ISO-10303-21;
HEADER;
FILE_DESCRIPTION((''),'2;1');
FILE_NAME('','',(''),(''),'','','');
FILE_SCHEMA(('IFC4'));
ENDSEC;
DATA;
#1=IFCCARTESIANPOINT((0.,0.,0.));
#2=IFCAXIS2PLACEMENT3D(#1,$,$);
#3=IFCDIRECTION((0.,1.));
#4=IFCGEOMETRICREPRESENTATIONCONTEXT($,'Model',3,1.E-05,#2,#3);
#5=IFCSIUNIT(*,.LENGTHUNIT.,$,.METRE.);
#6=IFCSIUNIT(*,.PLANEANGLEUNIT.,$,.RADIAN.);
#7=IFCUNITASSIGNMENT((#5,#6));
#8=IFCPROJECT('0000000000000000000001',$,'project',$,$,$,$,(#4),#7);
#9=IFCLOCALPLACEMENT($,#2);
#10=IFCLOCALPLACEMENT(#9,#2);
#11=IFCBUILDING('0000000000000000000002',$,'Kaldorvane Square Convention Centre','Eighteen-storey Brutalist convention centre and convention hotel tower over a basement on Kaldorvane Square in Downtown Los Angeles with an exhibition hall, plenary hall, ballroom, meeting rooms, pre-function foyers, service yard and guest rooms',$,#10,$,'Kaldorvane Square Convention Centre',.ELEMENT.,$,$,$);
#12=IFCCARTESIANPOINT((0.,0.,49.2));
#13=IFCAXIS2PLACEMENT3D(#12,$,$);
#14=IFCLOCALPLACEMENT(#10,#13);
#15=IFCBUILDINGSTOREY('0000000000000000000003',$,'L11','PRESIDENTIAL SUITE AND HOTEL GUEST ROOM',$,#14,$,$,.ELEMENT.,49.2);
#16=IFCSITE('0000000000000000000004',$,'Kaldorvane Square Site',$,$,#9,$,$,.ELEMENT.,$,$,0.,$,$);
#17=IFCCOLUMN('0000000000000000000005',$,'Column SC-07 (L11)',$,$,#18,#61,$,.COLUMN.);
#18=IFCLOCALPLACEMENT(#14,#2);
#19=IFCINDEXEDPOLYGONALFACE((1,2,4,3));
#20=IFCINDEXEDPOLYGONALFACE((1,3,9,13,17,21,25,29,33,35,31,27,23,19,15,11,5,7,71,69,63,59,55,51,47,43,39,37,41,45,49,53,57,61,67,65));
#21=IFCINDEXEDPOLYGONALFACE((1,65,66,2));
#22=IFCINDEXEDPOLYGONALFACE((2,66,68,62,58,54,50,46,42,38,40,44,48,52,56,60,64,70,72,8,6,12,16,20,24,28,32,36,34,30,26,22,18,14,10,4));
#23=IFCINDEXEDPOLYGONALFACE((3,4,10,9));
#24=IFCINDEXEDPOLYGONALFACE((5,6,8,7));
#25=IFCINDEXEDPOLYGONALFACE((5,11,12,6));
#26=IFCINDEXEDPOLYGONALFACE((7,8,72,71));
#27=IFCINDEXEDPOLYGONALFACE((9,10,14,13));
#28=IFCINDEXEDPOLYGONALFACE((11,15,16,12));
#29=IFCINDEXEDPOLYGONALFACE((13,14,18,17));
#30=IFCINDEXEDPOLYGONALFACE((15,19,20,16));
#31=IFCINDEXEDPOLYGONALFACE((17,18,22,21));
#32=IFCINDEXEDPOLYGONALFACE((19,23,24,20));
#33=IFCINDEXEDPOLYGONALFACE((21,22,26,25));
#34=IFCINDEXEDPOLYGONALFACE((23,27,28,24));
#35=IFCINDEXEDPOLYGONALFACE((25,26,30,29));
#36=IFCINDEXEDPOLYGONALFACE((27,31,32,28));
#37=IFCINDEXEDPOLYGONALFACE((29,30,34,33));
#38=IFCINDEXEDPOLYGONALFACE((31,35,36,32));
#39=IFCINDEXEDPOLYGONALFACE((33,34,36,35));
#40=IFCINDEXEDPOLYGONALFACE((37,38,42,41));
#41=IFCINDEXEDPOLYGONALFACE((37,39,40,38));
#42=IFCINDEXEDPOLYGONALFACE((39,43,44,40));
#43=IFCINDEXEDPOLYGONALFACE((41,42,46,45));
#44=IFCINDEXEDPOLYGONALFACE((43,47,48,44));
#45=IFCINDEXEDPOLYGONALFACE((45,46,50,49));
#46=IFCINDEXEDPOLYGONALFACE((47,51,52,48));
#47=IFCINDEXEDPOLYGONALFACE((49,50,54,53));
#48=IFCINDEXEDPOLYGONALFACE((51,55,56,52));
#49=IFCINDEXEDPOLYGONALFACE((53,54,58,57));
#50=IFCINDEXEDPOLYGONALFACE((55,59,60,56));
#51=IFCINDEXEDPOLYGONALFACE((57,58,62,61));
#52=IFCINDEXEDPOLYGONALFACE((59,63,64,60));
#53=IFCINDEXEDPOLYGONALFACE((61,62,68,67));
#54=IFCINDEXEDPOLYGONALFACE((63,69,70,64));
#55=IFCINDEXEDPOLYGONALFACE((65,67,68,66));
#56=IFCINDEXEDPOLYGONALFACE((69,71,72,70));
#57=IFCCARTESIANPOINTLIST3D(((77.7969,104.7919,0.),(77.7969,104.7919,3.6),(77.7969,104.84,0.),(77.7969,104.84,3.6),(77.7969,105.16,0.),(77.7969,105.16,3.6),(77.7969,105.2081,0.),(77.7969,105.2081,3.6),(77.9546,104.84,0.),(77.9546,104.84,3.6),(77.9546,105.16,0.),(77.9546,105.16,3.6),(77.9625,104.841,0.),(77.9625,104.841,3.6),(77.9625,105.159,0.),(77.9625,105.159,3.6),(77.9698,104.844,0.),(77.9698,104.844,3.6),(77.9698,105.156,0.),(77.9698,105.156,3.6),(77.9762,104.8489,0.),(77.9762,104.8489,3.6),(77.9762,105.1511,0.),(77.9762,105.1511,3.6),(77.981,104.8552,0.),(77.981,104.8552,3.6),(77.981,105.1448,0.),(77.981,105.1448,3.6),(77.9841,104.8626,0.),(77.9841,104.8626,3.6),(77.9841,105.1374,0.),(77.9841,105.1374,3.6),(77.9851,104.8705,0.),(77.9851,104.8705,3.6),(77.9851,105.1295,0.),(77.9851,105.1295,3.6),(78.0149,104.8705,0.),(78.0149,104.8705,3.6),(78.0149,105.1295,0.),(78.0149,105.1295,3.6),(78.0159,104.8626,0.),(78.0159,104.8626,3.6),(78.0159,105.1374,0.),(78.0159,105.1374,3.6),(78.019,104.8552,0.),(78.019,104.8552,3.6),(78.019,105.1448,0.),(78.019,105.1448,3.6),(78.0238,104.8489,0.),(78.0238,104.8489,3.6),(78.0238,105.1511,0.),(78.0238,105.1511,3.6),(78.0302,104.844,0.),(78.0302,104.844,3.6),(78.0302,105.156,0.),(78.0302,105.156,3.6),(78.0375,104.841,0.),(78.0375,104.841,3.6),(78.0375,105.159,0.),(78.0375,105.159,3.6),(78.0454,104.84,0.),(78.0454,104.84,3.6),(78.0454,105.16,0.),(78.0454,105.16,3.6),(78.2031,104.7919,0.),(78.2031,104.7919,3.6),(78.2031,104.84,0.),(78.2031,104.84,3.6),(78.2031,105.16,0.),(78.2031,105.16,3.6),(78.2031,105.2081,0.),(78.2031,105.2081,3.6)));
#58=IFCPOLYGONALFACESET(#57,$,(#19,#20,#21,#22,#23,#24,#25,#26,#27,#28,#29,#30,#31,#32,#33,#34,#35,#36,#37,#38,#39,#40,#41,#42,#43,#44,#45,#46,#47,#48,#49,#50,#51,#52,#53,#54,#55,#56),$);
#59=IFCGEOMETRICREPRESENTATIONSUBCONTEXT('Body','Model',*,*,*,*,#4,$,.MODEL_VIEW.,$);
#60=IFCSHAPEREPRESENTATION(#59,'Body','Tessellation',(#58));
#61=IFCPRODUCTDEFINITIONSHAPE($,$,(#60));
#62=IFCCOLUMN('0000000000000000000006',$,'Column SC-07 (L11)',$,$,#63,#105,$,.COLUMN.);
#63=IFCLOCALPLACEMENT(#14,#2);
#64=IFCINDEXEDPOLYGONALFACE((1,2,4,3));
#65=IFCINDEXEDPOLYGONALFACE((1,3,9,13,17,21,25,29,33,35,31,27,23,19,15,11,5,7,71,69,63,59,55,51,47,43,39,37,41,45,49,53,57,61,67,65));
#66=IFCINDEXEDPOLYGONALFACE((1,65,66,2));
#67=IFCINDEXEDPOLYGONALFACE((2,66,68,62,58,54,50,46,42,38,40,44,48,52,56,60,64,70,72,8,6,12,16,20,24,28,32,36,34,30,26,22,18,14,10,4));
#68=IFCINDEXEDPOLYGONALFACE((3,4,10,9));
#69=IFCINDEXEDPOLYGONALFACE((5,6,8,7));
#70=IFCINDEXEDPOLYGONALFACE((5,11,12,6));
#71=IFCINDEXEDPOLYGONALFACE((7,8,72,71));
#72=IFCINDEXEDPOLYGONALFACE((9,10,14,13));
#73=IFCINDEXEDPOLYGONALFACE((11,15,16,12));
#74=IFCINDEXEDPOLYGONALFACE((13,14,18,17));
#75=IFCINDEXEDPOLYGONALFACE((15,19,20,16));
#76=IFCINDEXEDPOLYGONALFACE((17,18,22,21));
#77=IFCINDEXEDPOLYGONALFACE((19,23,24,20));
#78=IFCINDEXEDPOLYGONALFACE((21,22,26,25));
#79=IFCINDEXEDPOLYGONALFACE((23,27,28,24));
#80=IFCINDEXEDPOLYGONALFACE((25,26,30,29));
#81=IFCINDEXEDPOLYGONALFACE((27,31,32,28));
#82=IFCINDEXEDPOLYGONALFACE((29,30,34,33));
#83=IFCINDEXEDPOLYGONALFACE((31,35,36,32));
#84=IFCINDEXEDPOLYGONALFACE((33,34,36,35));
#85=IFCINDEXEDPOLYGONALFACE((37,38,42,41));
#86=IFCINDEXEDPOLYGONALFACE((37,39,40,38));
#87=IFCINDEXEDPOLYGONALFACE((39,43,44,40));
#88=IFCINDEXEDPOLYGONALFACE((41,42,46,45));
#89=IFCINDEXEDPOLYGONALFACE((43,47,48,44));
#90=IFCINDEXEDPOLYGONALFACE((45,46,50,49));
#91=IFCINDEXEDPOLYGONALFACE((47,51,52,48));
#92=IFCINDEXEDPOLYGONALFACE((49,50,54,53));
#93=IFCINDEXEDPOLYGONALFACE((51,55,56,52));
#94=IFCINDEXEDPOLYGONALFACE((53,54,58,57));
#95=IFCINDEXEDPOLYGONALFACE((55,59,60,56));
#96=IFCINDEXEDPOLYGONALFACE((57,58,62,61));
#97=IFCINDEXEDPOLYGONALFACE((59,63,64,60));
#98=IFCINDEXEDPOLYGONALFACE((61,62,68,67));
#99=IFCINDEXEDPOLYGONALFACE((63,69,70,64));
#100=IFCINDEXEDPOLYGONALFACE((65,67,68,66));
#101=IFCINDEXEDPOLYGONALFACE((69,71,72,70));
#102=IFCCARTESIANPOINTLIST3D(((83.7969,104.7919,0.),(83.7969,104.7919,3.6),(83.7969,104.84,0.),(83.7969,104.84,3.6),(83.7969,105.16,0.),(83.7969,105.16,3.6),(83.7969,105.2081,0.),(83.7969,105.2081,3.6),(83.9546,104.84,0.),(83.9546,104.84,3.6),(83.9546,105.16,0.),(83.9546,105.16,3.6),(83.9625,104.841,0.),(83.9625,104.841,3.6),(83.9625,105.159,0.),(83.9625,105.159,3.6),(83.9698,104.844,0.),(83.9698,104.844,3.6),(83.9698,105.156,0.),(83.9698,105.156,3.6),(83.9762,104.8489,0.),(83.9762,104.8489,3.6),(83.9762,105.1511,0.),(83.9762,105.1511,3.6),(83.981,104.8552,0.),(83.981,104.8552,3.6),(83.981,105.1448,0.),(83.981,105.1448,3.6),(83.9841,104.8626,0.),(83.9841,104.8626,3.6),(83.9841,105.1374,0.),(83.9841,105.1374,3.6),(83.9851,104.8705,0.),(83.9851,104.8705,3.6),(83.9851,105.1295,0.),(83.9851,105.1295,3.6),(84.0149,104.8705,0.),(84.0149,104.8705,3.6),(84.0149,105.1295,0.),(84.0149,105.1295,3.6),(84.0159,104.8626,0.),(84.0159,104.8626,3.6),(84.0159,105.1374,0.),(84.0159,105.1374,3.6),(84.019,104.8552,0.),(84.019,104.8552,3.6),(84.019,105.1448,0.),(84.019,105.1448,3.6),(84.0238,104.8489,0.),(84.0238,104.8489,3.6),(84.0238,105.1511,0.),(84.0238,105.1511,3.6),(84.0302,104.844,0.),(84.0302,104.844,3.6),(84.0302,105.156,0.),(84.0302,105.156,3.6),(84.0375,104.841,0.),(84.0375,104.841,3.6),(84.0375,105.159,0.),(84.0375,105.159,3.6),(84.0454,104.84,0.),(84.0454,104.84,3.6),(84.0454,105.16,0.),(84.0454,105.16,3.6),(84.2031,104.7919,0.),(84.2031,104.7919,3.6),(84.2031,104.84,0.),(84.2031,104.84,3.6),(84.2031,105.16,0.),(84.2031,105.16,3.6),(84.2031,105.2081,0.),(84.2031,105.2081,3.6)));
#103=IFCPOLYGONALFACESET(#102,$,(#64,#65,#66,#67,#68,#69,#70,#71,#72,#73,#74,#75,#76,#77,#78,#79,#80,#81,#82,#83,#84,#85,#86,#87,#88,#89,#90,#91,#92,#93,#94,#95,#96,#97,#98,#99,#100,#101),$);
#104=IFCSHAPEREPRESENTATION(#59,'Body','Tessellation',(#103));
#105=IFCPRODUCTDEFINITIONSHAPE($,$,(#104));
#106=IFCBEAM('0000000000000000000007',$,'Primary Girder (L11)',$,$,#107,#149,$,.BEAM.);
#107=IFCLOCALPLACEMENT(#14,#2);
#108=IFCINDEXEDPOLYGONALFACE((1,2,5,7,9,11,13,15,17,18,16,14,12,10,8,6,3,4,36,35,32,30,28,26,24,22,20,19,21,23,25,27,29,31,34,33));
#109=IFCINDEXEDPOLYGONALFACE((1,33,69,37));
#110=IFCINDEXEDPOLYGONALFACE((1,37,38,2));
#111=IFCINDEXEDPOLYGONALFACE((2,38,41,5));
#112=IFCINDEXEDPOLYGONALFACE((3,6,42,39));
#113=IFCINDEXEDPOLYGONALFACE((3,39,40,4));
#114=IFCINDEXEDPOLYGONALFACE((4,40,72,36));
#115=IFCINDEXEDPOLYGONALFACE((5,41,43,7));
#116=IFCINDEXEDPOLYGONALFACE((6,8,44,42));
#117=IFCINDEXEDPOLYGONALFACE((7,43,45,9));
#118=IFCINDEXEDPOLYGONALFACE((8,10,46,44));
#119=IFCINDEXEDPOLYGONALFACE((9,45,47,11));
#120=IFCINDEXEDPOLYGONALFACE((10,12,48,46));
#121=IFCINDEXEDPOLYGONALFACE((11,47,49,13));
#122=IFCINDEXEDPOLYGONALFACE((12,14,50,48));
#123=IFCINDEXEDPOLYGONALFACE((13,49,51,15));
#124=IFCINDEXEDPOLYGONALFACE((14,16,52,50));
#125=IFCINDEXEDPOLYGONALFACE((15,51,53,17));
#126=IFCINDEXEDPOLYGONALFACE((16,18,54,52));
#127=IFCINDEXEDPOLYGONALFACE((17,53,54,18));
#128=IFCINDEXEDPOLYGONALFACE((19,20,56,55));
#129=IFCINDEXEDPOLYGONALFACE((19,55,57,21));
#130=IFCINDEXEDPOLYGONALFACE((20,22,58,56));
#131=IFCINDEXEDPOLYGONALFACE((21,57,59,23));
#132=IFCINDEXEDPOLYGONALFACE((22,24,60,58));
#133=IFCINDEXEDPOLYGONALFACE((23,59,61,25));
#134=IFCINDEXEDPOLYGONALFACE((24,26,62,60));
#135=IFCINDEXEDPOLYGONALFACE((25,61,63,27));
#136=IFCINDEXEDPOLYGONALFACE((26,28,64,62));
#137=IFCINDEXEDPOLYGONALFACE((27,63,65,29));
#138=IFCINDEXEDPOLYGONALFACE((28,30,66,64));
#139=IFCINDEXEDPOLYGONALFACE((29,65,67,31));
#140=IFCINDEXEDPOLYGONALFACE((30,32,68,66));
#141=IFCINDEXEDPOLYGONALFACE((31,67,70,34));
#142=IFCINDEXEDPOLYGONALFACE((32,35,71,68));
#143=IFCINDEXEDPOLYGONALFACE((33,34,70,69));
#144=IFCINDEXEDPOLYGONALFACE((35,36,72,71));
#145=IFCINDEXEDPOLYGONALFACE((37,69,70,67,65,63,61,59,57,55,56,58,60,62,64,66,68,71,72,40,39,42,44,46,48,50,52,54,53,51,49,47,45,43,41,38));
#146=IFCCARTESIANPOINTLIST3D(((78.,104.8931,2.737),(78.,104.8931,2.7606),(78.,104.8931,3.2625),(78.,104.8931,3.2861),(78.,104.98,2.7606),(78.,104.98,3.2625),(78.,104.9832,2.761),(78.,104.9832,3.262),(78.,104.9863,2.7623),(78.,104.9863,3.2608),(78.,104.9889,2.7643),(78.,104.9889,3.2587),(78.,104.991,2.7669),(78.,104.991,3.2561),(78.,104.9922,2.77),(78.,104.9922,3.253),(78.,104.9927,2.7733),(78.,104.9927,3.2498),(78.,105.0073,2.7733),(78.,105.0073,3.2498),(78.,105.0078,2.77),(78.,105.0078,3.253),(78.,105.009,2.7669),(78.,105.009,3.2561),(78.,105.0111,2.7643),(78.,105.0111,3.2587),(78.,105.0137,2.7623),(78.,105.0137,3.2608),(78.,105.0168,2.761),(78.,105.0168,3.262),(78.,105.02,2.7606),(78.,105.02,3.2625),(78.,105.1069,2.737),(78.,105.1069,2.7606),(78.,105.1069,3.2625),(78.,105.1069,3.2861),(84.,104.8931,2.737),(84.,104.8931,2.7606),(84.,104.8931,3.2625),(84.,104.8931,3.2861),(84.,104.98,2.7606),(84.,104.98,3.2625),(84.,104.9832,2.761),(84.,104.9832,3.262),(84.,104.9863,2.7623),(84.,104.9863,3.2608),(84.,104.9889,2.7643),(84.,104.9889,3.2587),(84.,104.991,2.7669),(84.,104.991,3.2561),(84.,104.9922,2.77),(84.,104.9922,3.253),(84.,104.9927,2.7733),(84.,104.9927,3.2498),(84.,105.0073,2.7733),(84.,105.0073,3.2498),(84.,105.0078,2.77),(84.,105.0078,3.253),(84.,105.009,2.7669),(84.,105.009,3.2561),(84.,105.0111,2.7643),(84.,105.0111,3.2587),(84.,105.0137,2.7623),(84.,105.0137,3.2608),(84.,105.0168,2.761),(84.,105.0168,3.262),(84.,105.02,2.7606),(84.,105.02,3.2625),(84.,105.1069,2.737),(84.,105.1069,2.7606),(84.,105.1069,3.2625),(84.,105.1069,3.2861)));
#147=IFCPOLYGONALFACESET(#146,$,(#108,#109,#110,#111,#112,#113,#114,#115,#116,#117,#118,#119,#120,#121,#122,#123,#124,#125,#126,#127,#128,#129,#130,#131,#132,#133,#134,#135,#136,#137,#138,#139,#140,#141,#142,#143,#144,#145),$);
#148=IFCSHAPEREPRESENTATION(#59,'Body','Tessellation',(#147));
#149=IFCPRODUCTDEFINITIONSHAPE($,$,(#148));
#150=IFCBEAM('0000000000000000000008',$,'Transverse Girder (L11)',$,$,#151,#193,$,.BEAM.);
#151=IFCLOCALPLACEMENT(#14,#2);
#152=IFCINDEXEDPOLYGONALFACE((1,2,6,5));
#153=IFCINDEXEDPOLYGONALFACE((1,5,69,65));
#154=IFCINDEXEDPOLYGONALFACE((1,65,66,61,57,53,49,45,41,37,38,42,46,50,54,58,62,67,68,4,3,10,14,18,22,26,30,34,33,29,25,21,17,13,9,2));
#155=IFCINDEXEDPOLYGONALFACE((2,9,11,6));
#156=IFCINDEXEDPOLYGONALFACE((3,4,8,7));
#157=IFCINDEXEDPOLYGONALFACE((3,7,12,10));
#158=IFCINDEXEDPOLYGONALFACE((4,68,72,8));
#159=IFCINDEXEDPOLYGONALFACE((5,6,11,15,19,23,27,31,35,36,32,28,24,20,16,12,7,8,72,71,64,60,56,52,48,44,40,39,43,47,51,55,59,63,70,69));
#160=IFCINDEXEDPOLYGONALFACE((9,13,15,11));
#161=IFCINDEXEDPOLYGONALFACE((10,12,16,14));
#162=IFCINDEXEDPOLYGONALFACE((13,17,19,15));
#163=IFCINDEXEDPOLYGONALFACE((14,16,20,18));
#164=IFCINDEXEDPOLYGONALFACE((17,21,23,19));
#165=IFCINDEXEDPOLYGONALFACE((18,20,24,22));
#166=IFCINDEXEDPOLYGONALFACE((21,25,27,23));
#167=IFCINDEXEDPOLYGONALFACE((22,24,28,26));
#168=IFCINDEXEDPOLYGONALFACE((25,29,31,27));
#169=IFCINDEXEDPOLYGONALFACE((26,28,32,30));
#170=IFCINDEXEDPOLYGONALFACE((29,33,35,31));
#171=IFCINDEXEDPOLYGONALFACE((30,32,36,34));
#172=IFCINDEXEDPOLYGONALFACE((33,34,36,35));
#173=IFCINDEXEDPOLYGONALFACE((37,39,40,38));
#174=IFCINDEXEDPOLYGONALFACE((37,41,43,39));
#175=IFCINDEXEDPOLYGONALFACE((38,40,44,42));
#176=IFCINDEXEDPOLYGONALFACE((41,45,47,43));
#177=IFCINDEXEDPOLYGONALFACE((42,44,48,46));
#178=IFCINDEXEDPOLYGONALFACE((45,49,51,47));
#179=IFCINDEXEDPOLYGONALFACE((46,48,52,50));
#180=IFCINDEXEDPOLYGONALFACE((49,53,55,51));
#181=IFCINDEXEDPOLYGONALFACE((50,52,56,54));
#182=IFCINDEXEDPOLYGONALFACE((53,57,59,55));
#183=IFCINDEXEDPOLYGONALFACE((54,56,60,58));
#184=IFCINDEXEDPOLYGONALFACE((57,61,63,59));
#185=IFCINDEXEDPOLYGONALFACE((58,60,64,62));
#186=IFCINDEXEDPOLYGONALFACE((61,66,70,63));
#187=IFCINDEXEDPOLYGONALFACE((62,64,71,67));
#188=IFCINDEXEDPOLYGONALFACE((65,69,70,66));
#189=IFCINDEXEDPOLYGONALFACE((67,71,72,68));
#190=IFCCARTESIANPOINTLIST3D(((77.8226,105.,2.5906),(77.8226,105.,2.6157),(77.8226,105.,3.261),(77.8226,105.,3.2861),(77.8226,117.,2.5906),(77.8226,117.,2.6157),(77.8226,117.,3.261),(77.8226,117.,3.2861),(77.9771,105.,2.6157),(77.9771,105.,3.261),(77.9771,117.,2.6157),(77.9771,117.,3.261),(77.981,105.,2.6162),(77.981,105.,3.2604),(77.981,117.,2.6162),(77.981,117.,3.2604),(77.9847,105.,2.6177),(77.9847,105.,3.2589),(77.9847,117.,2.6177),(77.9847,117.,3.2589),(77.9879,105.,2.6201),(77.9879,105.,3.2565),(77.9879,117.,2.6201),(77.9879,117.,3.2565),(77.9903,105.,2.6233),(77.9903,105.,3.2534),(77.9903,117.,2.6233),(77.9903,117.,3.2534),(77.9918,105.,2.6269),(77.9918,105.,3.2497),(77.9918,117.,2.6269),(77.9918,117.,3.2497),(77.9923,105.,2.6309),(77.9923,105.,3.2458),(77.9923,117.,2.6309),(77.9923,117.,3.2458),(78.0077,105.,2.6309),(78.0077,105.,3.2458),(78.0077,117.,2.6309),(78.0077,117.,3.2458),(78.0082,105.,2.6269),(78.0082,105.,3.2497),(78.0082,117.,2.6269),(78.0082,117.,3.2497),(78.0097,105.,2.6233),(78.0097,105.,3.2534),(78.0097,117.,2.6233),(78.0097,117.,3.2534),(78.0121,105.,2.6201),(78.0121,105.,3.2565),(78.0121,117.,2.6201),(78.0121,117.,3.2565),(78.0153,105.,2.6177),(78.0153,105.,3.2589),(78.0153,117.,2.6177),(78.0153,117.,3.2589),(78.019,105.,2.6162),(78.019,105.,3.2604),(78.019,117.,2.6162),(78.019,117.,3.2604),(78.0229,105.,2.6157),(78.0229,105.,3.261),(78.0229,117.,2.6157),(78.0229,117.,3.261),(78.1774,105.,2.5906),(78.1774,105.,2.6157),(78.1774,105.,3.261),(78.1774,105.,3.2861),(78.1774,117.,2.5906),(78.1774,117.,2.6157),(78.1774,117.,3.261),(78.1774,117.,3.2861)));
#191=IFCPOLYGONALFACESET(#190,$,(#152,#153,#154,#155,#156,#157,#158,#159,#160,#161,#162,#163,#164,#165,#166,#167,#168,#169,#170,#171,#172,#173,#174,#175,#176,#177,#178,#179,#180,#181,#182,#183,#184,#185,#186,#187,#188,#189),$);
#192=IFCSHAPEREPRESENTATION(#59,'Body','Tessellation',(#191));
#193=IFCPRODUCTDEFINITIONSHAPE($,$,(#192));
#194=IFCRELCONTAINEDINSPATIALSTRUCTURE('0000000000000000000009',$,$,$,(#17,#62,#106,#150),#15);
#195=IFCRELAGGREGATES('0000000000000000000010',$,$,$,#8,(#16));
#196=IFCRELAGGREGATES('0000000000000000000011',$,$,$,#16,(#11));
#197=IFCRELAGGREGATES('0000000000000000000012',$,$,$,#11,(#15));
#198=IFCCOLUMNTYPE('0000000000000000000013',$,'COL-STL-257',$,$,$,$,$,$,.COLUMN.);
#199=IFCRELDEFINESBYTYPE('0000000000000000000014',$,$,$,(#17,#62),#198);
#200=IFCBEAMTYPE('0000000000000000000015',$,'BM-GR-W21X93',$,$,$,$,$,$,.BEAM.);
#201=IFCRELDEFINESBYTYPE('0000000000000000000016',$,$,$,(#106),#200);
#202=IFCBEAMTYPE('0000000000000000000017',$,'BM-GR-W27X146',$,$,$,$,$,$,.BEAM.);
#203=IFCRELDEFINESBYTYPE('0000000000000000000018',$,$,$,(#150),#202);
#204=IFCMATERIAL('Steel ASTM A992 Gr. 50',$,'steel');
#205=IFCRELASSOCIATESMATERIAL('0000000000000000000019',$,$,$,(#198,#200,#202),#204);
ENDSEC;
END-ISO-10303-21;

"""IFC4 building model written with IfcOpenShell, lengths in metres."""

from ifc_helpers import new_model, si_unit, direction, frame, origin, origin_2d, place, context, subcontext, project, spatial, i_section, extrude, material, material_profile, profile_set, type_object, element, save


model = new_model("IFC4")

# Units and contexts
model_context = context("Model", 3, precision=1e-05, world=origin(), true_north=direction((0.0, 1.0)))
body_context = subcontext(model_context, "Body", "Model", "MODEL_VIEW")
ifc_project = project(units=[si_unit("LENGTHUNIT", "METRE"), si_unit("PLANEANGLEUNIT", "RADIAN")], contexts=[model_context])

# Site, building, storey
site_placement = place(None, origin())
site = spatial("IfcSite", under=ifc_project, at=site_placement, Name="Kaldorvane Square Site", CompositionType="ELEMENT", RefElevation=0.0)
building_placement = place(site_placement, origin())
building = spatial("IfcBuilding", under=site, at=building_placement, Name="Kaldorvane Square Convention Centre", Description="Eighteen-storey Brutalist convention centre and convention hotel tower over a basement on Kaldorvane Square in Downtown Los Angeles with an exhibition hall, plenary hall, ballroom, meeting rooms, pre-function foyers, service yard and guest rooms", LongName="Kaldorvane Square Convention Centre", CompositionType="ELEMENT")
storey_placement = place(building_placement, frame((0.0, 0.0, 49.2)))
storey = spatial("IfcBuildingStorey", under=building, at=storey_placement, Name="L11", Description="PRESIDENTIAL SUITE AND HOTEL GUEST ROOM", CompositionType="ELEMENT", Elevation=49.2)

# Columns
ifc_material_1 = material(Name="Steel ASTM A992 Gr. 50", Category="steel")
ifc_material_profile_1 = material_profile(ifc_material_1, i_section(OverallWidth=0.4063, OverallDepth=0.4161, WebThickness=0.0298, FlangeThickness=0.048, FilletRadius=0.0305, at=origin_2d()), Name="W14X257")
ifc_profile_set_1 = profile_set([ifc_material_profile_1], Name="Steel ASTM A992 Gr. 50")
column_type = type_object("IfcColumnType", Name="COL-STL-257", PredefinedType="COLUMN", material=ifc_profile_set_1)
for number, where, z_axis, x_axis, name in (
    (1, (78.0, 105.0, 0.0), (0.0, 0.0, 1.0), (1.0, 0.0, 0.0), "Column SC-07 (L11)"),
    (2, (84.0, 105.0, 0.0), (0.0, 0.0, 1.0), (1.0, 0.0, 0.0), "Column SC-07 (L11)"),
):
    element("IfcColumn", number, at=place(storey_placement, frame(where, z_axis=z_axis, x_axis=x_axis)), inside=storey, type_object=column_type, Name=name, PredefinedType="COLUMN", context=body_context, shape_type="SweptSolid", body=[
        extrude(i_section(OverallWidth=0.4063, OverallDepth=0.4161, WebThickness=0.0298, FlangeThickness=0.048, FilletRadius=0.0305, at=origin_2d()), origin(), (0.0, 0.0, 1.0), 3.6),
    ])

# Beams
ifc_material_profile_2 = material_profile(ifc_material_1, i_section(OverallWidth=0.2139, OverallDepth=0.5491, WebThickness=0.0147, FlangeThickness=0.0236, FilletRadius=0.0127, at=origin_2d()), Name="W21X93")
ifc_profile_set_2 = profile_set([ifc_material_profile_2], Name="Steel ASTM A992 Gr. 50")
beam_type_1 = type_object("IfcBeamType", Name="BM-GR-W21X93", PredefinedType="BEAM", material=ifc_profile_set_2)
beam_1_placement = place(storey_placement, frame((78.0, 105.0, 3.0115), z_axis=(1.0, 0.0, 0.0), x_axis=(0.0, 1.0, 0.0)))
element("IfcBeam", 3, at=beam_1_placement, inside=storey, type_object=beam_type_1, Name="Primary Girder (L11)", PredefinedType="BEAM", context=body_context, shape_type="SweptSolid", body=[
    extrude(i_section(OverallWidth=0.2139, OverallDepth=0.5491, WebThickness=0.0147, FlangeThickness=0.0236, FilletRadius=0.0127, at=origin_2d()), origin(), (0.0, 0.0, 1.0), 6.0),
])
ifc_material_profile_3 = material_profile(ifc_material_1, i_section(OverallWidth=0.3547, OverallDepth=0.6955, WebThickness=0.0154, FlangeThickness=0.0251, FilletRadius=0.0152, at=origin_2d()), Name="W27X146")
ifc_profile_set_3 = profile_set([ifc_material_profile_3], Name="Steel ASTM A992 Gr. 50")
beam_type_2 = type_object("IfcBeamType", Name="BM-GR-W27X146", PredefinedType="BEAM", material=ifc_profile_set_3)
beam_2_placement = place(storey_placement, frame((78.0, 105.0, 2.9383), z_axis=(0.0, 1.0, 0.0), x_axis=(-1.0, 0.0, 0.0)))
element("IfcBeam", 4, at=beam_2_placement, inside=storey, type_object=beam_type_2, Name="Transverse Girder (L11)", PredefinedType="BEAM", context=body_context, shape_type="SweptSolid", body=[
    extrude(i_section(OverallWidth=0.3547, OverallDepth=0.6955, WebThickness=0.0154, FlangeThickness=0.0251, FilletRadius=0.0152, at=origin_2d()), origin(), (0.0, 0.0, 1.0), 12.0),
])

save(model, "model.ifc")
